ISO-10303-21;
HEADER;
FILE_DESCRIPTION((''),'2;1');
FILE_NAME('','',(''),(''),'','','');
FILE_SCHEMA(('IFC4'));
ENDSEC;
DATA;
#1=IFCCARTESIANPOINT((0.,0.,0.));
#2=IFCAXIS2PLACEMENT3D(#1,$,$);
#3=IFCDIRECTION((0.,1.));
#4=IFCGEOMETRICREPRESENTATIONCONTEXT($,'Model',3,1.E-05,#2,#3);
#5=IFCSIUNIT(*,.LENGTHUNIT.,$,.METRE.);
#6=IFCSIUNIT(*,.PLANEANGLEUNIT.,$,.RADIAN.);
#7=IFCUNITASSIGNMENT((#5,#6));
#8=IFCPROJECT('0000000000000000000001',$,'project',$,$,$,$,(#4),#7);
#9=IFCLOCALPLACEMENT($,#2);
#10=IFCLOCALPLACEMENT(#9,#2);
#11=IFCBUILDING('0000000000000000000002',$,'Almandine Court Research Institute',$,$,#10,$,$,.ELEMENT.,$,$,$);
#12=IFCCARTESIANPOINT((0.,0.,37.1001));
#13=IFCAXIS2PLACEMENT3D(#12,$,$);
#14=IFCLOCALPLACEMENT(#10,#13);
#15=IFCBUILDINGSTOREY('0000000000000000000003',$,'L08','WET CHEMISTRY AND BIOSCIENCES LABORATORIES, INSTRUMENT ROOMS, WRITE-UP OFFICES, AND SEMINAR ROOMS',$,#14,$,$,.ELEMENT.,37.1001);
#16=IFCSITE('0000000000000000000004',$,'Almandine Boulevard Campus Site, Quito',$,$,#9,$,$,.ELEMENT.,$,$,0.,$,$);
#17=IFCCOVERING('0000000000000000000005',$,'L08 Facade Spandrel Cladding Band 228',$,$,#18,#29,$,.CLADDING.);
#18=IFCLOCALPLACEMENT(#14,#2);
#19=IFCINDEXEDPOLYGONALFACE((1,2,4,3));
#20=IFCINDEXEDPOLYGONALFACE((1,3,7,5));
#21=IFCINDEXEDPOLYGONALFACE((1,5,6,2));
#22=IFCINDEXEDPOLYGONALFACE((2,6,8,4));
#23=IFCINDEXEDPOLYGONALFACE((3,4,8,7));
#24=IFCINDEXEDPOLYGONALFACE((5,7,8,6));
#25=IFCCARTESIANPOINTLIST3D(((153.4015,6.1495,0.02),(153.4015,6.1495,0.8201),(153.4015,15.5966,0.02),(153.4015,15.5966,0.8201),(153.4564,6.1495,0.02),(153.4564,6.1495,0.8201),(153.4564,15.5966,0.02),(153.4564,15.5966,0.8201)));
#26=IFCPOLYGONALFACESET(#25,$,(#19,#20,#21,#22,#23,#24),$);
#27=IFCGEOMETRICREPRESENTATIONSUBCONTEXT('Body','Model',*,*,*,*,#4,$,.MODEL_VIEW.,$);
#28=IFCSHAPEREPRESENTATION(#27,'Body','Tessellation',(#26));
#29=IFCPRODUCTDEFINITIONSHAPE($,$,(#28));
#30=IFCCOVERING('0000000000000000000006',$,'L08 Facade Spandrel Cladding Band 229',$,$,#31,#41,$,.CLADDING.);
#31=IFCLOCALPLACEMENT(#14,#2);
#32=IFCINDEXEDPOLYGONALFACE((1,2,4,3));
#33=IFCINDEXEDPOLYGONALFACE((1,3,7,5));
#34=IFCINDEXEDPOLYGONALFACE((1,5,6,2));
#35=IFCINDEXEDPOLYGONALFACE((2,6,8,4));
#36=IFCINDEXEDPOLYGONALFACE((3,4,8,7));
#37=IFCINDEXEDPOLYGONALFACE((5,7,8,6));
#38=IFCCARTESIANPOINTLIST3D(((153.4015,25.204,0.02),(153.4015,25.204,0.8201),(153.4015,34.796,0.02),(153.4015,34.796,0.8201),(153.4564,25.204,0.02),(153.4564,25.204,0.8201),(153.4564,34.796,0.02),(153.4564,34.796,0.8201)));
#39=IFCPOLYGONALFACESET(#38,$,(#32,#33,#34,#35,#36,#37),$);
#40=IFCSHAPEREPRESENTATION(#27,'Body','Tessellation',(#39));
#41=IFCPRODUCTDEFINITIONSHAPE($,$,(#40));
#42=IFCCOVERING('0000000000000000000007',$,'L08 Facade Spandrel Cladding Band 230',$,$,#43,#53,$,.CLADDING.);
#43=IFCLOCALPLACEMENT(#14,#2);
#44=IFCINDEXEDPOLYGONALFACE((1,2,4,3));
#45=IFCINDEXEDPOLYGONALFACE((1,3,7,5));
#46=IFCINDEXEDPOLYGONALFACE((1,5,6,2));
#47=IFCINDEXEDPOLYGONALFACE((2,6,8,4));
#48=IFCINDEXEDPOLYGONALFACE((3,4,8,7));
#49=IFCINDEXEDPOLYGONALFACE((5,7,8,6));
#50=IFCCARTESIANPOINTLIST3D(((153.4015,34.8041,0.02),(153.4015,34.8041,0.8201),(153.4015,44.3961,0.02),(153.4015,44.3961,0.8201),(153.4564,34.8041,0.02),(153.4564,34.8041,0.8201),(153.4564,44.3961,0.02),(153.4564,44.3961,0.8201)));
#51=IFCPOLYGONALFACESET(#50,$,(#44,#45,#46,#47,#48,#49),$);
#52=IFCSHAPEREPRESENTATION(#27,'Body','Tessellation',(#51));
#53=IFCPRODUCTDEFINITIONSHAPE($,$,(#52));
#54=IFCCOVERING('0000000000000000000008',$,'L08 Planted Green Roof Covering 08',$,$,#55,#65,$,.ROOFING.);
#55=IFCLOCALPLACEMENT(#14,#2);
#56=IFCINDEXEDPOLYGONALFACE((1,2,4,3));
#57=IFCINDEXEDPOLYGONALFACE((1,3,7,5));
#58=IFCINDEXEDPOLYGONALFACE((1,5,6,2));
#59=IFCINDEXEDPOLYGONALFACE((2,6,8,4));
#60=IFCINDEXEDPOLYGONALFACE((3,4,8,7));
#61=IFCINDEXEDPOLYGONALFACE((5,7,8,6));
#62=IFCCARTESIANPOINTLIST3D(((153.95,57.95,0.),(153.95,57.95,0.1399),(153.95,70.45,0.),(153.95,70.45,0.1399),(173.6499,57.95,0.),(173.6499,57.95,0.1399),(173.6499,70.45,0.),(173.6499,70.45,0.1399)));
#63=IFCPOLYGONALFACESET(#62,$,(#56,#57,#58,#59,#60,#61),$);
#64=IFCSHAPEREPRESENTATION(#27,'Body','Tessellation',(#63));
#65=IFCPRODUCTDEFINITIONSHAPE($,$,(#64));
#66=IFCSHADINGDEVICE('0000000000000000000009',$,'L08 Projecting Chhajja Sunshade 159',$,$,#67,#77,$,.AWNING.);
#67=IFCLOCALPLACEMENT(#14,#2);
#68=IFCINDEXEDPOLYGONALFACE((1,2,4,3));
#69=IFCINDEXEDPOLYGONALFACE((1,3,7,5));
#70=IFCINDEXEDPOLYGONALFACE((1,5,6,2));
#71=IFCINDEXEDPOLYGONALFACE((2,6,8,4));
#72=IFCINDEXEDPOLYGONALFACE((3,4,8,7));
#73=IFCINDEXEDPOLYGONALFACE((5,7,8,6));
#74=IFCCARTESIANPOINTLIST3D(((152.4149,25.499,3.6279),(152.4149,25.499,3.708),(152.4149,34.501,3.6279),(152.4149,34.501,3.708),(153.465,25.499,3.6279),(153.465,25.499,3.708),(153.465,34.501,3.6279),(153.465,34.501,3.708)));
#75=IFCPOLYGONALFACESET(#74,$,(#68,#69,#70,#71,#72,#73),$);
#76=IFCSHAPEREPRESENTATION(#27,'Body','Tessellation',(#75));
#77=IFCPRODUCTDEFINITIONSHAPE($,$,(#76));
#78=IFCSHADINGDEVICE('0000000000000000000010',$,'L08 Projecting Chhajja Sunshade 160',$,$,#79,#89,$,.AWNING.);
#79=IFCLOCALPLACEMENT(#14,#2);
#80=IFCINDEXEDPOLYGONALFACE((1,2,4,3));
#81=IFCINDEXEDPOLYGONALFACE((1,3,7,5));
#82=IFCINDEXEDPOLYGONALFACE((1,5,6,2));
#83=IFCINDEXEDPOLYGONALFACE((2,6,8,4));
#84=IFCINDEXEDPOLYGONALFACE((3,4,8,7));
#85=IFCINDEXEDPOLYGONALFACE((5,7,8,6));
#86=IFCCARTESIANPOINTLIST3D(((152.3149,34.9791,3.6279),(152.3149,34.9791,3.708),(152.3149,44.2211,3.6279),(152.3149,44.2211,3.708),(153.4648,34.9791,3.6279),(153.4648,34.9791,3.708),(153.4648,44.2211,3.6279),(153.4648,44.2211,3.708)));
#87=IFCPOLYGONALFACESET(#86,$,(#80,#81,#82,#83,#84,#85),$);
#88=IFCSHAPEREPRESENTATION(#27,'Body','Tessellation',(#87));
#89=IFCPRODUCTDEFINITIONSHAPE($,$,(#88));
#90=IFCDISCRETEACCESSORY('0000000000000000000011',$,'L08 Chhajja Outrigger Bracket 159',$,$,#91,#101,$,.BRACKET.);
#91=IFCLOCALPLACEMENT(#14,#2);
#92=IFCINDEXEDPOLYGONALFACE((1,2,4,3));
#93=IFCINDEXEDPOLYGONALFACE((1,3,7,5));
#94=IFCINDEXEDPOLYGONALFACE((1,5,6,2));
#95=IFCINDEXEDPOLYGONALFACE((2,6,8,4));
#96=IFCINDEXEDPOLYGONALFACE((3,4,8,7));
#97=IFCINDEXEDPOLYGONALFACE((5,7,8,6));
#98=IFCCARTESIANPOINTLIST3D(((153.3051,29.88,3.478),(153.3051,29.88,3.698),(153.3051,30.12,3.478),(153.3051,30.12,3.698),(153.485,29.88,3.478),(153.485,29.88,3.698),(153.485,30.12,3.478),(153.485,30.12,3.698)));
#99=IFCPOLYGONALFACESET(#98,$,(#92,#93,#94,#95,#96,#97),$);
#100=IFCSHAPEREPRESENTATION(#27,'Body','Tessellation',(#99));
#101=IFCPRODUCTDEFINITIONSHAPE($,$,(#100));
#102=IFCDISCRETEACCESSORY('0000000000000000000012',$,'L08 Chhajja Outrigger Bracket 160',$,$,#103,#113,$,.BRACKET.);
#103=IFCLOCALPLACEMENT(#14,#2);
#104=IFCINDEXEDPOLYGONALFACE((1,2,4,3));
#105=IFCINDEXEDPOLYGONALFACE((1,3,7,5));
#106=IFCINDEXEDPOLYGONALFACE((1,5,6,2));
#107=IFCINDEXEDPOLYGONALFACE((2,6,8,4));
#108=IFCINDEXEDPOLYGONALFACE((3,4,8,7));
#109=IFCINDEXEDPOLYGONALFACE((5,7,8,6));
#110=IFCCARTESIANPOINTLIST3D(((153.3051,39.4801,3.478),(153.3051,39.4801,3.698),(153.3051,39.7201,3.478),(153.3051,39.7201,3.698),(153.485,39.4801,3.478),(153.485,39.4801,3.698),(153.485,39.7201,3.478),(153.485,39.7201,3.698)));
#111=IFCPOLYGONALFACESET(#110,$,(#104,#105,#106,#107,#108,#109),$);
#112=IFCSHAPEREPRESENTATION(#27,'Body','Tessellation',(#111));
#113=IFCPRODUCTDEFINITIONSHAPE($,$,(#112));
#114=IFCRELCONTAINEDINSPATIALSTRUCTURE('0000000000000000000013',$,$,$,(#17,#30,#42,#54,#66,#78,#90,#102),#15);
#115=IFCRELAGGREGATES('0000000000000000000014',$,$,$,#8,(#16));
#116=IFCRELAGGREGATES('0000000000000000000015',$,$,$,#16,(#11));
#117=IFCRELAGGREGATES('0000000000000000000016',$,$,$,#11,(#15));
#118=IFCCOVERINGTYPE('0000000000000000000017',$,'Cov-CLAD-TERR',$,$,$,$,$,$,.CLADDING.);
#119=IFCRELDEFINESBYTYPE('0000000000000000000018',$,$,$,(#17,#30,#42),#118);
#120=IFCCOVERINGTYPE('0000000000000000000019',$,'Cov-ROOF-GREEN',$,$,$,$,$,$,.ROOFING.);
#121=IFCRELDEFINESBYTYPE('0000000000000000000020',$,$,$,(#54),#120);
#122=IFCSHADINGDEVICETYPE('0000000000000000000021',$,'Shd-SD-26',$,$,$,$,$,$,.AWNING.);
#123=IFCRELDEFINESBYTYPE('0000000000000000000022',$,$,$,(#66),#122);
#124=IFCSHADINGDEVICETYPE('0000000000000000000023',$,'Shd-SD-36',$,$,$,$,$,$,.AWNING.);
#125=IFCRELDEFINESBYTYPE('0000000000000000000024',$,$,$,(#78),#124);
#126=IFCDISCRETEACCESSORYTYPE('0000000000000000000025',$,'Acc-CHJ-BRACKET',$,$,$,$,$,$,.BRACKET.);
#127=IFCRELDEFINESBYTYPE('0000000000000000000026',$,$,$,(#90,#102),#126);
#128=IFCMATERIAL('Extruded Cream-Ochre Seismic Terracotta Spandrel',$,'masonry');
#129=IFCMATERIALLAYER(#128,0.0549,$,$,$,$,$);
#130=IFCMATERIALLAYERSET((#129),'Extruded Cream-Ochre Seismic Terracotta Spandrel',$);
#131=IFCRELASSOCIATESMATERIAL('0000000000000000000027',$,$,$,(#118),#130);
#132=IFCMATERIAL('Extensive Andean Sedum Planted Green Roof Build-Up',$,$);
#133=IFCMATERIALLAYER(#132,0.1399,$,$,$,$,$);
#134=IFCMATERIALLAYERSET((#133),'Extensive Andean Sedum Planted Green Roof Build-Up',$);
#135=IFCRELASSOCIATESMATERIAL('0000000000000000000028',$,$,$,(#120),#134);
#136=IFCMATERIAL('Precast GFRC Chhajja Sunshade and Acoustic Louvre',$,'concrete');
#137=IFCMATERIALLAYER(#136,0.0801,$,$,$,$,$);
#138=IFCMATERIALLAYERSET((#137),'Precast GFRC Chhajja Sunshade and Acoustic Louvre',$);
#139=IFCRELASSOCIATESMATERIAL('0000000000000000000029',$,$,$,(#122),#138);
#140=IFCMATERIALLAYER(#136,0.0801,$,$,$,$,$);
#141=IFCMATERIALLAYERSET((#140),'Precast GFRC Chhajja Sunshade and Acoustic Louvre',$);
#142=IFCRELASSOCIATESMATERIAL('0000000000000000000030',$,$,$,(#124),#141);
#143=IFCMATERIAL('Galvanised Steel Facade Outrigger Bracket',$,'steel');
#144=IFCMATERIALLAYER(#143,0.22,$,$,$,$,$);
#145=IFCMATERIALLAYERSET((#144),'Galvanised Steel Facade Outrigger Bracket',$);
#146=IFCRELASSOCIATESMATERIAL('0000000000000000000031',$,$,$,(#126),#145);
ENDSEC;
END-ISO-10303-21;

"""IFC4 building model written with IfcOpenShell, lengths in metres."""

from ifc_helpers import new_model, si_unit, direction, frame, origin, origin_2d, place, context, subcontext, project, spatial, polyline, rectangle, outline, extrude, material, layer, layer_set, type_object, element, save


model = new_model("IFC4")

# Units and contexts
model_context = context("Model", 3, precision=1e-05, world=origin(), true_north=direction((0.0, 1.0)))
body_context = subcontext(model_context, "Body", "Model", "MODEL_VIEW")
ifc_project = project(units=[si_unit("LENGTHUNIT", "METRE"), si_unit("PLANEANGLEUNIT", "RADIAN")], contexts=[model_context])

# Site, building, storey
site_placement = place(None, origin())
site = spatial("IfcSite", under=ifc_project, at=site_placement, Name="Almandine Boulevard Campus Site, Quito", CompositionType="ELEMENT", RefElevation=0.0)
building_placement = place(site_placement, origin())
building = spatial("IfcBuilding", under=site, at=building_placement, Name="Almandine Court Research Institute", CompositionType="ELEMENT")
storey_placement = place(building_placement, frame((0.0, 0.0, 37.1001)))
storey = spatial("IfcBuildingStorey", under=building, at=storey_placement, Name="L08", Description="WET CHEMISTRY AND BIOSCIENCES LABORATORIES, INSTRUMENT ROOMS, WRITE-UP OFFICES, AND SEMINAR ROOMS", CompositionType="ELEMENT", Elevation=37.1001)

# Coverings
ifc_material_1 = material(Name="Extruded Cream-Ochre Seismic Terracotta Spandrel", Category="masonry")
ifc_layer_1 = layer(ifc_material_1, 0.0549)
ifc_layer_set_1 = layer_set([ifc_layer_1], Name="Extruded Cream-Ochre Seismic Terracotta Spandrel")
covering_type_1 = type_object("IfcCoveringType", Name="Cov-CLAD-TERR", PredefinedType="CLADDING", material=ifc_layer_set_1)
covering_1_placement = place(storey_placement, frame((153.429, 10.873, 0.02), z_axis=(0.0, 0.0, 1.0), x_axis=(0.0, 1.0, 0.0)))
element("IfcCovering", 1, at=covering_1_placement, inside=storey, type_object=covering_type_1, Name="L08 Facade Spandrel Cladding Band 228", PredefinedType="CLADDING", context=body_context, shape_type="SweptSolid", body=[
    extrude(rectangle(XDim=9.447, YDim=0.0549, at=origin_2d()), origin(), (0.0, 0.0, 1.0), 0.8),
])
for number, where, z_axis, x_axis, name in (
    (2, (153.429, 30.0, 0.02), (0.0, 0.0, 1.0), (0.0, 1.0, 0.0), "L08 Facade Spandrel Cladding Band 229"),
    (3, (153.429, 39.6001, 0.02), (0.0, 0.0, 1.0), (0.0, 1.0, 0.0), "L08 Facade Spandrel Cladding Band 230"),
):
    element("IfcCovering", number, at=place(storey_placement, frame(where, z_axis=z_axis, x_axis=x_axis)), inside=storey, type_object=covering_type_1, Name=name, PredefinedType="CLADDING", context=body_context, shape_type="SweptSolid", body=[
        extrude(rectangle(XDim=9.592, YDim=0.0549, at=origin_2d()), origin(), (0.0, 0.0, 1.0), 0.8),
    ])
ifc_material_2 = material(Name="Extensive Andean Sedum Planted Green Roof Build-Up")
ifc_layer_2 = layer(ifc_material_2, 0.1399)
ifc_layer_set_2 = layer_set([ifc_layer_2], Name="Extensive Andean Sedum Planted Green Roof Build-Up")
covering_type_2 = type_object("IfcCoveringType", Name="Cov-ROOF-GREEN", PredefinedType="ROOFING", material=ifc_layer_set_2)
covering_2_placement = place(storey_placement, origin())
element("IfcCovering", 4, at=covering_2_placement, inside=storey, type_object=covering_type_2, Name="L08 Planted Green Roof Covering 08", PredefinedType="ROOFING", context=body_context, shape_type="SweptSolid", body=[
    extrude(outline(polyline([(153.95, 57.95), (153.95, 70.45), (173.6499, 70.45), (173.6499, 57.95), (153.95, 57.95)])), origin(), (0.0, 0.0, 1.0), 0.1399),
])

# Shading devices
ifc_material_3 = material(Name="Precast GFRC Chhajja Sunshade and Acoustic Louvre", Category="concrete")
ifc_layer_3 = layer(ifc_material_3, 0.0801)
ifc_layer_set_3 = layer_set([ifc_layer_3], Name="Precast GFRC Chhajja Sunshade and Acoustic Louvre")
shading_device_type_1 = type_object("IfcShadingDeviceType", Name="Shd-SD-26", PredefinedType="AWNING", material=ifc_layer_set_3)
shading_device_1_placement = place(storey_placement, frame((152.9399, 30.0, 3.6279), z_axis=(0.0, 0.0, 1.0), x_axis=(0.0, 1.0, 0.0)))
element("IfcShadingDevice", 5, at=shading_device_1_placement, inside=storey, type_object=shading_device_type_1, Name="L08 Projecting Chhajja Sunshade 159", PredefinedType="AWNING", context=body_context, shape_type="SweptSolid", body=[
    extrude(rectangle(XDim=9.002, YDim=1.05, at=origin_2d()), origin(), (0.0, 0.0, 1.0), 0.0801),
])
ifc_layer_4 = layer(ifc_material_3, 0.0801)
ifc_layer_set_4 = layer_set([ifc_layer_4], Name="Precast GFRC Chhajja Sunshade and Acoustic Louvre")
shading_device_type_2 = type_object("IfcShadingDeviceType", Name="Shd-SD-36", PredefinedType="AWNING", material=ifc_layer_set_4)
shading_device_2_placement = place(storey_placement, frame((152.8899, 39.6001, 3.6279), z_axis=(0.0, 0.0, 1.0), x_axis=(0.0, 1.0, 0.0)))
element("IfcShadingDevice", 6, at=shading_device_2_placement, inside=storey, type_object=shading_device_type_2, Name="L08 Projecting Chhajja Sunshade 160", PredefinedType="AWNING", context=body_context, shape_type="SweptSolid", body=[
    extrude(rectangle(XDim=9.2419, YDim=1.1499, at=origin_2d()), origin(), (0.0, 0.0, 1.0), 0.0801),
])

# Discrete accessories
ifc_material_4 = material(Name="Galvanised Steel Facade Outrigger Bracket", Category="steel")
ifc_layer_5 = layer(ifc_material_4, 0.22)
ifc_layer_set_5 = layer_set([ifc_layer_5], Name="Galvanised Steel Facade Outrigger Bracket")
discrete_accessory_type = type_object("IfcDiscreteAccessoryType", Name="Acc-CHJ-BRACKET", PredefinedType="BRACKET", material=ifc_layer_set_5)
for number, where, z_axis, x_axis, name in (
    (7, (153.395, 30.0, 3.478), (0.0, 0.0, 1.0), (0.0, 1.0, 0.0), "L08 Chhajja Outrigger Bracket 159"),
    (8, (153.395, 39.6001, 3.478), (0.0, 0.0, 1.0), (0.0, 1.0, 0.0), "L08 Chhajja Outrigger Bracket 160"),
):
    element("IfcDiscreteAccessory", number, at=place(storey_placement, frame(where, z_axis=z_axis, x_axis=x_axis)), inside=storey, type_object=discrete_accessory_type, Name=name, PredefinedType="BRACKET", context=body_context, shape_type="SweptSolid", body=[
        extrude(rectangle(XDim=0.24, YDim=0.1799, at=origin_2d()), origin(), (0.0, 0.0, 1.0), 0.22),
    ])

save(model, "model.ifc")
